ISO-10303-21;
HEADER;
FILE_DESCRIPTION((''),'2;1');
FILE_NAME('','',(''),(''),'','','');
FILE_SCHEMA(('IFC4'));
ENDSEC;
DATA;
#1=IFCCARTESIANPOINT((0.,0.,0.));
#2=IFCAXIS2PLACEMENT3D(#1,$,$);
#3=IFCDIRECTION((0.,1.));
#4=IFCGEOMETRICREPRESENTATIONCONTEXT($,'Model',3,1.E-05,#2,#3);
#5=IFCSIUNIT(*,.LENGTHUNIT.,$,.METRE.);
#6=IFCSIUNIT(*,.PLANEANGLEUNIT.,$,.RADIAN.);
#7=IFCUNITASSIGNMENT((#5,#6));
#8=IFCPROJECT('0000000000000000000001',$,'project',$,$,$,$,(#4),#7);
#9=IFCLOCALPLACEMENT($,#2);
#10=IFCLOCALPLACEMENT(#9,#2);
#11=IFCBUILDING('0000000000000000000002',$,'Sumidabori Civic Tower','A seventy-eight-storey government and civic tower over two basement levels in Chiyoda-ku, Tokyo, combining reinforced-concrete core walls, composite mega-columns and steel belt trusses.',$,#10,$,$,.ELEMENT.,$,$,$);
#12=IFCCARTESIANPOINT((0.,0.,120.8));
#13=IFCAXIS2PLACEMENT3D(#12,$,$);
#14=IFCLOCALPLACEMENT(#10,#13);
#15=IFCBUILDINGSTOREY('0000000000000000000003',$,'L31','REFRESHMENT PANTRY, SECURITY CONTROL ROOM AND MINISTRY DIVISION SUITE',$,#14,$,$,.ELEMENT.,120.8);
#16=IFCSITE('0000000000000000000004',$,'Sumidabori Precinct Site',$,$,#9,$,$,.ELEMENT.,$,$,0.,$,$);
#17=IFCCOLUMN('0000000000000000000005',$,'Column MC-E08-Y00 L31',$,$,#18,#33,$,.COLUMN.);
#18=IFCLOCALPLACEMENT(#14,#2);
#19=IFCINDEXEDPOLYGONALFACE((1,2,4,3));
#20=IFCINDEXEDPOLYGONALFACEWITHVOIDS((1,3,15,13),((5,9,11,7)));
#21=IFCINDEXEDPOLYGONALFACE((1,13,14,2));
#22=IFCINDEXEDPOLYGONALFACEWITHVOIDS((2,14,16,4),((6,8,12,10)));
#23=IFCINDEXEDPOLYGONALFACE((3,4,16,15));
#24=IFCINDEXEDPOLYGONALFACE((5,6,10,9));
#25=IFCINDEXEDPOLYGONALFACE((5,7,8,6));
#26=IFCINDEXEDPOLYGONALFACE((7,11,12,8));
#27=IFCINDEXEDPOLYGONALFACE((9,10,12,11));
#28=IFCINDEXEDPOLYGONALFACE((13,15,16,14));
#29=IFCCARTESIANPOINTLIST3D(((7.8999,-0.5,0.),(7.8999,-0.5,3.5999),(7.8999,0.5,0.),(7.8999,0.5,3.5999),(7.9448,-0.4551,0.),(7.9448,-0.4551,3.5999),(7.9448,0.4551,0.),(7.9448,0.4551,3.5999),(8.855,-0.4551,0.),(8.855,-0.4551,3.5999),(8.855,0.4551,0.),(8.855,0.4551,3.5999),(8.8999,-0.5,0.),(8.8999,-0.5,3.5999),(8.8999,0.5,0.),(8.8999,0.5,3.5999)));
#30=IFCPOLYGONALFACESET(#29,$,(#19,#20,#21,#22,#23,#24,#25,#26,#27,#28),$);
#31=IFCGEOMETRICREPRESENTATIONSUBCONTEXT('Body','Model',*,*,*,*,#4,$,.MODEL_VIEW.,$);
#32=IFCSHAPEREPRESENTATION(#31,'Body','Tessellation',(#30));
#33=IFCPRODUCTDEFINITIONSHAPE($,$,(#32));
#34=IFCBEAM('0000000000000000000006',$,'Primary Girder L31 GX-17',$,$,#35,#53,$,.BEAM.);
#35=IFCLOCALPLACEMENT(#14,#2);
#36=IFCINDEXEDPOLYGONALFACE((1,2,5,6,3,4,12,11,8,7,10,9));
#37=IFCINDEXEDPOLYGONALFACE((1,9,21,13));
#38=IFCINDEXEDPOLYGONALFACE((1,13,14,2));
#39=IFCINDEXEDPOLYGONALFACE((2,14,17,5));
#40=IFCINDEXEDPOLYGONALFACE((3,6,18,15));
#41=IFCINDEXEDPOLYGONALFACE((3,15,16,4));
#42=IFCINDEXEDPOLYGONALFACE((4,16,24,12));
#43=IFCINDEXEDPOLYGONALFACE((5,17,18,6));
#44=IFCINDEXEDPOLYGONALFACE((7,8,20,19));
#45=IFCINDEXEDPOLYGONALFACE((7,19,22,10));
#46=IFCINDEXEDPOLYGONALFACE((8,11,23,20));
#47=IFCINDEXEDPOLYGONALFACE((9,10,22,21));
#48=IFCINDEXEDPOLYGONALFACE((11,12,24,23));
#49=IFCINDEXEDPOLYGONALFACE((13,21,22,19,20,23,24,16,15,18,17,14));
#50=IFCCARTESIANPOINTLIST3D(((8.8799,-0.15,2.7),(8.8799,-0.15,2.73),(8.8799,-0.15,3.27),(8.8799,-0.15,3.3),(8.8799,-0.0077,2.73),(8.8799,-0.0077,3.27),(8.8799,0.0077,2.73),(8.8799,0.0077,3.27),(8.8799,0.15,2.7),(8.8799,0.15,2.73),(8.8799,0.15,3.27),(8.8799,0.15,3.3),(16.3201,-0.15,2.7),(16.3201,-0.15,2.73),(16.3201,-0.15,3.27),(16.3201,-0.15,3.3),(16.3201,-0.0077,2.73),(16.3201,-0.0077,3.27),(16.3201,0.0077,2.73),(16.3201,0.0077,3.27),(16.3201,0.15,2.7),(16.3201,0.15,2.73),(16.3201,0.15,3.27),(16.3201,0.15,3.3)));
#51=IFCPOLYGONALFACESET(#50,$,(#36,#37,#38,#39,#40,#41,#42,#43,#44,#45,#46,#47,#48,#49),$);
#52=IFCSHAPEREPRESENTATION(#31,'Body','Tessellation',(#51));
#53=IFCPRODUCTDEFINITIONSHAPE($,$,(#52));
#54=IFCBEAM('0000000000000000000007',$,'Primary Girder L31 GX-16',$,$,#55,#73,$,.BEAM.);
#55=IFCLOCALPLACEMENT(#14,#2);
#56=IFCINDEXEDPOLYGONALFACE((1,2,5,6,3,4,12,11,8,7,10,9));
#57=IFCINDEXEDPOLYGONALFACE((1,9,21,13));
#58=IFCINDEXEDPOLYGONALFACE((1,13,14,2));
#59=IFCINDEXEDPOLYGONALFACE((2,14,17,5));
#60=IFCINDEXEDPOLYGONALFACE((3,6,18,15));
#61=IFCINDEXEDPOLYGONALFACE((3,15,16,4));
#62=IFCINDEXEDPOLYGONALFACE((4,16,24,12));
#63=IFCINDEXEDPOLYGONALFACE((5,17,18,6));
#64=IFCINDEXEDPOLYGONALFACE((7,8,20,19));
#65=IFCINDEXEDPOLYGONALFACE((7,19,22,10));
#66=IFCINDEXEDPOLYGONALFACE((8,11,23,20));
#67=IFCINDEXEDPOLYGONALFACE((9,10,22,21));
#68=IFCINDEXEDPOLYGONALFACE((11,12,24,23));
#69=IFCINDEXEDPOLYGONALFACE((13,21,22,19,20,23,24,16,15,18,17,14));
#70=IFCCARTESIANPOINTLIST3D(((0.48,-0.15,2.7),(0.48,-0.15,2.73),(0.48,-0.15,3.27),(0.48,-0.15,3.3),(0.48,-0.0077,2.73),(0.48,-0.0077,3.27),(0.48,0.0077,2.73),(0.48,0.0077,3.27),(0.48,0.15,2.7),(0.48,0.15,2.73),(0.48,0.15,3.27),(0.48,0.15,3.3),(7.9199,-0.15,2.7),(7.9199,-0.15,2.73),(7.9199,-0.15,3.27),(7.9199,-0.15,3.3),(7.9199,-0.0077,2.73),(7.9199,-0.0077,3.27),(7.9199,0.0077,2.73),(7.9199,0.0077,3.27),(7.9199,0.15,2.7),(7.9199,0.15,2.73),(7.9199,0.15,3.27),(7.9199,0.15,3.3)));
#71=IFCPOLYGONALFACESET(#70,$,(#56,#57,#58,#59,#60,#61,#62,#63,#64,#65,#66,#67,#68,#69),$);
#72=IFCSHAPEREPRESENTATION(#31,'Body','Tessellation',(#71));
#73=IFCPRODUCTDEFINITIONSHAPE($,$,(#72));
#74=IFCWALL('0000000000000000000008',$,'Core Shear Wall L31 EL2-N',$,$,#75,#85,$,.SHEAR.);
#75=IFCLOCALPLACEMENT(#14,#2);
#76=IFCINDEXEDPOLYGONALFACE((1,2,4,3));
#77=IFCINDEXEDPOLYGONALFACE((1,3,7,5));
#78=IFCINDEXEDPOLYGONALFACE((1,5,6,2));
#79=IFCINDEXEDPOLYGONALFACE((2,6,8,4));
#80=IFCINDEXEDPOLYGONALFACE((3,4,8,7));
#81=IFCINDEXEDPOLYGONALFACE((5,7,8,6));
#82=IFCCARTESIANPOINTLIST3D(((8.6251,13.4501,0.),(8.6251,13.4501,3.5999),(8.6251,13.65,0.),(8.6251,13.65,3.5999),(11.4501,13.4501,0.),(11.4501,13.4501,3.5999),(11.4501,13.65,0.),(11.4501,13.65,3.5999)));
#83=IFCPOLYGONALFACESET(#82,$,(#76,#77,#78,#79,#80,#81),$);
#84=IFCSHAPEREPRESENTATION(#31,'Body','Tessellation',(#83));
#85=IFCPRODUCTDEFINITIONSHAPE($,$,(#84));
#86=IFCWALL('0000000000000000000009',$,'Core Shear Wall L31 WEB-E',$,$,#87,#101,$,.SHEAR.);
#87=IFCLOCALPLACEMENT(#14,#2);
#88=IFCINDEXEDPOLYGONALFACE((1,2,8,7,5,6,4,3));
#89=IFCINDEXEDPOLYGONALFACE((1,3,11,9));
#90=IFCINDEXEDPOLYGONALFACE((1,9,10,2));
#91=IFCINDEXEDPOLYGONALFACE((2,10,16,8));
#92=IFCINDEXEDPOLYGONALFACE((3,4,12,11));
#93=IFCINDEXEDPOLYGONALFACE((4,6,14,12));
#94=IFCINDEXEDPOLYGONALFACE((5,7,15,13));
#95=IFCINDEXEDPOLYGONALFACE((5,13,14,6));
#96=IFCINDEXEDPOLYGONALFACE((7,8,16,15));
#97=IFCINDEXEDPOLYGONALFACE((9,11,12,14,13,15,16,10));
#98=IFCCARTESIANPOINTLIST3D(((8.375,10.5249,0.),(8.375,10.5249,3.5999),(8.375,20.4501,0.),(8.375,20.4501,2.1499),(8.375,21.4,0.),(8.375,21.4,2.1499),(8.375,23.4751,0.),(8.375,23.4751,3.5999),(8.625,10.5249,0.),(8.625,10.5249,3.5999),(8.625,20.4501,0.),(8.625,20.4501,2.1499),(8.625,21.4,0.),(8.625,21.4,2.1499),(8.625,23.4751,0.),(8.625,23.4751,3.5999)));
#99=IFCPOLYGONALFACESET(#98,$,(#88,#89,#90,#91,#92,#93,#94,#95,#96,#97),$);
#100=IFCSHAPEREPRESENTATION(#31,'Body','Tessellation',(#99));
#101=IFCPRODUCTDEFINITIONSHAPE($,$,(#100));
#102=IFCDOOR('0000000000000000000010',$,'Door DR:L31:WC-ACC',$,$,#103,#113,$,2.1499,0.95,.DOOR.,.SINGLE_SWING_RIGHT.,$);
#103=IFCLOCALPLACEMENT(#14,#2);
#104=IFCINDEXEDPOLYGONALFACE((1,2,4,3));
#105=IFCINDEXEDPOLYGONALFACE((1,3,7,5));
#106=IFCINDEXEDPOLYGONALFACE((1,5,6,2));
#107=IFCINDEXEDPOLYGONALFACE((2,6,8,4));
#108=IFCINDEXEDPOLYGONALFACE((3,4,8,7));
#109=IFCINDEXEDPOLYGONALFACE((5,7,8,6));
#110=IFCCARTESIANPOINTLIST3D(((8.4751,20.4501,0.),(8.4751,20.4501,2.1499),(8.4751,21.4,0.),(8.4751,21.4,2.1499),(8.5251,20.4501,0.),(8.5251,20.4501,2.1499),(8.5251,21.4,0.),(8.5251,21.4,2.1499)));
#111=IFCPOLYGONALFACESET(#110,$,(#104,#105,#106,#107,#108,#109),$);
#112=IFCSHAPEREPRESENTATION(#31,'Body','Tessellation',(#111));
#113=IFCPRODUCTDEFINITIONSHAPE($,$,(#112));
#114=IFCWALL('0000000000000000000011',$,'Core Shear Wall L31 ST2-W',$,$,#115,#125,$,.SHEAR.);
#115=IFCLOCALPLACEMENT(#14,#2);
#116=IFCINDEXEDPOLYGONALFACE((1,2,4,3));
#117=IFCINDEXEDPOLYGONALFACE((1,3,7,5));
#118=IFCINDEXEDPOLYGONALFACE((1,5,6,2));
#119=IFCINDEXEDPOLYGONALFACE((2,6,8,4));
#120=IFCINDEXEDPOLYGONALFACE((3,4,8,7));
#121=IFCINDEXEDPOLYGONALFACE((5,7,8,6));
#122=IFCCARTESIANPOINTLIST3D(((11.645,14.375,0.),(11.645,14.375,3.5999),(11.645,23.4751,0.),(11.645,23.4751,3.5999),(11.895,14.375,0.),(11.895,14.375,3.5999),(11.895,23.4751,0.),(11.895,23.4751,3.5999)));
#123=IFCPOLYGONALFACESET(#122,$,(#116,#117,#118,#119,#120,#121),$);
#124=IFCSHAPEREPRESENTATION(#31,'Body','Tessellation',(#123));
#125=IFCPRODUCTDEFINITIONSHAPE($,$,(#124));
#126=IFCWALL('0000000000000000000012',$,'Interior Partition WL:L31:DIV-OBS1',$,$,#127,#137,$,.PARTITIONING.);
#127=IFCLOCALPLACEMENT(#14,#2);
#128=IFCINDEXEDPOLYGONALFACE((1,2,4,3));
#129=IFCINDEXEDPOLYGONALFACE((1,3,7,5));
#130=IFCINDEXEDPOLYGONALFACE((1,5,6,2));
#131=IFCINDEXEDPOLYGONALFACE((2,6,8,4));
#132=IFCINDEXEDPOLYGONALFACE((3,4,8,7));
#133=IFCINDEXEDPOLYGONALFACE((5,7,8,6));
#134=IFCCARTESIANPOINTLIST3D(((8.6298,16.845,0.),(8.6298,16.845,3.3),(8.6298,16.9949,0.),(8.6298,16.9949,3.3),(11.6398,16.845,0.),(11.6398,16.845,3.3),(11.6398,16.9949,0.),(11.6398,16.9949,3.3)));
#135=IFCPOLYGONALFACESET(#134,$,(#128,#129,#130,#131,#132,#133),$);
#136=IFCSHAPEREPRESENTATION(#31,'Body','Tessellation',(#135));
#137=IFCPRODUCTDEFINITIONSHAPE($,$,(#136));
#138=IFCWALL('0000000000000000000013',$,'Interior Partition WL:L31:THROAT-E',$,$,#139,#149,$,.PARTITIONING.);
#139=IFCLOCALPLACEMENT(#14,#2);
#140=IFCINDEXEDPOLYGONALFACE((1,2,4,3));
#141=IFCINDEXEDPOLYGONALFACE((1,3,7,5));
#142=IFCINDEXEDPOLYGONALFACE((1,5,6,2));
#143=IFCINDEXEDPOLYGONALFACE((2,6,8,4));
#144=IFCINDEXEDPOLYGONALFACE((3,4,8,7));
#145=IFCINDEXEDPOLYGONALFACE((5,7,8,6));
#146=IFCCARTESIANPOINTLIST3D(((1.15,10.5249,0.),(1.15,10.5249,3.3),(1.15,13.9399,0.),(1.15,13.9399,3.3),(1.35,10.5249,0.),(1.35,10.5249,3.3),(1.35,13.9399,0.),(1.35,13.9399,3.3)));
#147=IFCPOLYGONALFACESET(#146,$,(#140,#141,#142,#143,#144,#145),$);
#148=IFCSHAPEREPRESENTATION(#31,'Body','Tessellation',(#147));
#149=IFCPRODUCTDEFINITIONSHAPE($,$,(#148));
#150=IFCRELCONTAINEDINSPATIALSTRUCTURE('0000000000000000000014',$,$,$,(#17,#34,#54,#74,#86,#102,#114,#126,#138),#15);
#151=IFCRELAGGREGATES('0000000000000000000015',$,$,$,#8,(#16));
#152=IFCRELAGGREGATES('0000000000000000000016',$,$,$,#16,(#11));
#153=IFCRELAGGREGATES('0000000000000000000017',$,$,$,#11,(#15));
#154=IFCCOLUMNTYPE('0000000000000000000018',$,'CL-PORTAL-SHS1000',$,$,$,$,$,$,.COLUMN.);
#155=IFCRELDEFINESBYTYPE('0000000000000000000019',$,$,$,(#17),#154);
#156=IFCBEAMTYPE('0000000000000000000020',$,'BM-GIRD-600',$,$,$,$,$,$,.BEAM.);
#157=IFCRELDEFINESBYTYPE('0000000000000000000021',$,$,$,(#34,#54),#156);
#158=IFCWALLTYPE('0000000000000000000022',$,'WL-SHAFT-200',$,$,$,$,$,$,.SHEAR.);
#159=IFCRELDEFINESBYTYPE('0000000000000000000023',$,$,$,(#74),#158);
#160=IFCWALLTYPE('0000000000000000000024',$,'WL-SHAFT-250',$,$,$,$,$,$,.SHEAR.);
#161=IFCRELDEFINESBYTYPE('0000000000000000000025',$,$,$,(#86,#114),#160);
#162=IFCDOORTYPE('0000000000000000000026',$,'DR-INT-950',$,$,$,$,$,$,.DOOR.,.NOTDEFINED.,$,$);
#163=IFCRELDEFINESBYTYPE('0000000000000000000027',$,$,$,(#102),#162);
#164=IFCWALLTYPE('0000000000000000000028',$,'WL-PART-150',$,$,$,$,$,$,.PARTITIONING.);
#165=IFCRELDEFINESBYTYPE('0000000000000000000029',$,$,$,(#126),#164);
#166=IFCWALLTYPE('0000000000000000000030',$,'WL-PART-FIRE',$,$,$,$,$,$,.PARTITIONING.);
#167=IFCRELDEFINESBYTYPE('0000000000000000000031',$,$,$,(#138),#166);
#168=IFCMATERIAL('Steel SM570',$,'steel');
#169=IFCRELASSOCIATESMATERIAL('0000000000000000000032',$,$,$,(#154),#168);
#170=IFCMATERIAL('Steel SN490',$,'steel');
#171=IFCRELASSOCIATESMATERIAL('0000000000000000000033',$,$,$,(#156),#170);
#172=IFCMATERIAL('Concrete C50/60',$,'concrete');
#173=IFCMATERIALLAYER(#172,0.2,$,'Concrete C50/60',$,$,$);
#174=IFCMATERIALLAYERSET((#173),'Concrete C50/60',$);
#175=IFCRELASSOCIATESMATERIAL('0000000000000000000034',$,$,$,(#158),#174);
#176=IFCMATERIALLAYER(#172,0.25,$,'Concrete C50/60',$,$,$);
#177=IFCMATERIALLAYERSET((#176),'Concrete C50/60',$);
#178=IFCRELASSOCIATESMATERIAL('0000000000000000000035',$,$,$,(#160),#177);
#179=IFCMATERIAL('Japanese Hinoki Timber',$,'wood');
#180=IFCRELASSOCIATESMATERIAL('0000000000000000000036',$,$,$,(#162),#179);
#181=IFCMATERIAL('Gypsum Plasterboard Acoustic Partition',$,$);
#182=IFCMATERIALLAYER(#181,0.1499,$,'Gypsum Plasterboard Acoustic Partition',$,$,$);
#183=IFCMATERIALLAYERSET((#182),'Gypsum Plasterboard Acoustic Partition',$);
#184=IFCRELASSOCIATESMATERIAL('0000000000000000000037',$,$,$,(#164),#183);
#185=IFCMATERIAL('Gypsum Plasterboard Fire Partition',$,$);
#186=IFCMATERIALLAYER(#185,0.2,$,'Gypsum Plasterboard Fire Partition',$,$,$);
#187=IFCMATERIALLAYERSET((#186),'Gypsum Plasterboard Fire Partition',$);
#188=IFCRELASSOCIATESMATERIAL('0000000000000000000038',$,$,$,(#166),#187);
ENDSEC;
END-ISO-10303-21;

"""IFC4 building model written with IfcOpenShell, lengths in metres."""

from ifc_helpers import new_model, si_unit, direction, frame, frame_2d, origin, origin_2d, place, context, subcontext, project, spatial, rectangle, hollow_rectangle, i_section, extrude, source, transform, mapped, material, layer, layer_set, material_profile, profile_set, type_object, element, fill, save


model = new_model("IFC4")

# Units and contexts
model_context = context("Model", 3, precision=1e-05, world=origin(), true_north=direction((0.0, 1.0)))
body_context = subcontext(model_context, "Body", "Model", "MODEL_VIEW")
ifc_project = project(units=[si_unit("LENGTHUNIT", "METRE"), si_unit("PLANEANGLEUNIT", "RADIAN")], contexts=[model_context])

# Site, building, storey
site_placement = place(None, origin())
site = spatial("IfcSite", under=ifc_project, at=site_placement, Name="Sumidabori Precinct Site", CompositionType="ELEMENT", RefElevation=0.0)
building_placement = place(site_placement, origin())
building = spatial("IfcBuilding", under=site, at=building_placement, Name="Sumidabori Civic Tower", Description="A seventy-eight-storey government and civic tower over two basement levels in Chiyoda-ku, Tokyo, combining reinforced-concrete core walls, composite mega-columns and steel belt trusses.", CompositionType="ELEMENT")
storey_placement = place(building_placement, frame((0.0, 0.0, 120.8)))
storey = spatial("IfcBuildingStorey", under=building, at=storey_placement, Name="L31", Description="REFRESHMENT PANTRY, SECURITY CONTROL ROOM AND MINISTRY DIVISION SUITE", CompositionType="ELEMENT", Elevation=120.8)

# Column
ifc_material_1 = material(Name="Steel SM570", Category="steel")
ifc_material_profile_1 = material_profile(ifc_material_1, hollow_rectangle(XDim=1.0, YDim=1.0, WallThickness=0.0449, at=origin_2d()), Name="SHS 1000x1000x45")
ifc_profile_set_1 = profile_set([ifc_material_profile_1], Name="Steel SM570")
column_type = type_object("IfcColumnType", Name="CL-PORTAL-SHS1000", PredefinedType="COLUMN", material=ifc_profile_set_1)
shared_shape_1 = source(origin(), body_context, "Body", "SweptSolid", [
    extrude(hollow_rectangle(XDim=1.0, YDim=1.0, WallThickness=0.0449, at=origin_2d()), origin(), (0.0, 0.0, 1.0), 3.5999),
])
column_placement = place(storey_placement, frame((8.3999, 0.0, 0.0), z_axis=(0.0, 0.0, 1.0), x_axis=(1.0, 0.0, 0.0)))
element("IfcColumn", 1, at=column_placement, inside=storey, type_object=column_type, Name="Column MC-E08-Y00 L31", PredefinedType="COLUMN", context=body_context, shape_type="MappedRepresentation", body=[
    mapped(shared_shape_1, transform((0.0, 0.0, 0.0), x_axis=(1.0, 0.0, 0.0), y_axis=(0.0, 1.0, 0.0), z_axis=(0.0, 0.0, 1.0), scale=1.0)),
])

# Beams
ifc_material_2 = material(Name="Steel SN490", Category="steel")
ifc_material_profile_2 = material_profile(ifc_material_2, i_section(OverallWidth=0.3, OverallDepth=0.6001, WebThickness=0.0154, FlangeThickness=0.03, at=origin_2d()), Name="HE 600 B")
ifc_profile_set_2 = profile_set([ifc_material_profile_2], Name="Steel SN490")
beam_type = type_object("IfcBeamType", Name="BM-GIRD-600", PredefinedType="BEAM", material=ifc_profile_set_2)
shared_shape_2 = source(origin(), body_context, "Body", "SweptSolid", [
    extrude(i_section(OverallWidth=0.3, OverallDepth=0.6001, WebThickness=0.0154, FlangeThickness=0.03, at=origin_2d()), origin(), (0.0, 0.0, 1.0), 7.4402),
])
beam_1_placement = place(storey_placement, frame((8.8799, 0.0, 3.0), z_axis=(1.0, 0.0, 0.0), x_axis=(0.0, 1.0, 0.0)))
element("IfcBeam", 2, at=beam_1_placement, inside=storey, type_object=beam_type, Name="Primary Girder L31 GX-17", PredefinedType="BEAM", context=body_context, shape_type="MappedRepresentation", body=[
    mapped(shared_shape_2, transform((0.0, 0.0, 0.0), x_axis=(1.0, 0.0, 0.0), y_axis=(0.0, 1.0, 0.0), z_axis=(0.0, 0.0, 1.0), scale=1.0)),
])
shared_shape_3 = source(origin(), body_context, "Body", "SweptSolid", [
    extrude(i_section(OverallWidth=0.3, OverallDepth=0.6001, WebThickness=0.0154, FlangeThickness=0.03, at=origin_2d()), origin(), (0.0, 0.0, 1.0), 7.4399),
])
beam_2_placement = place(storey_placement, frame((0.48, 0.0, 3.0), z_axis=(1.0, 0.0, 0.0), x_axis=(0.0, 1.0, 0.0)))
element("IfcBeam", 3, at=beam_2_placement, inside=storey, type_object=beam_type, Name="Primary Girder L31 GX-16", PredefinedType="BEAM", context=body_context, shape_type="MappedRepresentation", body=[
    mapped(shared_shape_3, transform((0.0, 0.0, 0.0), x_axis=(1.0, 0.0, 0.0), y_axis=(0.0, 1.0, 0.0), z_axis=(0.0, 0.0, 1.0), scale=1.0)),
])

# Wall
ifc_material_3 = material(Name="Concrete C50/60", Category="concrete")
ifc_layer_1 = layer(ifc_material_3, 0.2, Name="Concrete C50/60")
ifc_layer_set_1 = layer_set([ifc_layer_1], Name="Concrete C50/60")
wall_type_1 = type_object("IfcWallType", Name="WL-SHAFT-200", PredefinedType="SHEAR", material=ifc_layer_set_1)
shared_shape_4 = source(origin(), body_context, "Body", "SweptSolid", [
    extrude(rectangle(XDim=2.825, YDim=0.2, at=frame_2d((1.4126, 0.0))), origin(), (0.0, 0.0, 1.0), 3.5999),
])
wall_1_placement = place(storey_placement, frame((8.625, 13.55, 0.0), z_axis=(0.0, 0.0, 1.0), x_axis=(1.0, 0.0, 0.0)))
element("IfcWall", 4, at=wall_1_placement, inside=storey, type_object=wall_type_1, Name="Core Shear Wall L31 EL2-N", PredefinedType="SHEAR", context=body_context, shape_type="MappedRepresentation", body=[
    mapped(shared_shape_4, transform((0.0, 0.0, 0.0), x_axis=(1.0, 0.0, 0.0), y_axis=(0.0, 1.0, 0.0), z_axis=(0.0, 0.0, 1.0), scale=1.0)),
])

# Wall, opening, door
ifc_layer_2 = layer(ifc_material_3, 0.25, Name="Concrete C50/60")
ifc_layer_set_2 = layer_set([ifc_layer_2], Name="Concrete C50/60")
wall_type_2 = type_object("IfcWallType", Name="WL-SHAFT-250", PredefinedType="SHEAR", material=ifc_layer_set_2)
shared_shape_5 = source(origin(), body_context, "Body", "SweptSolid", [
    extrude(rectangle(XDim=12.9502, YDim=0.25, at=frame_2d((6.4751, 0.0))), origin(), (0.0, 0.0, 1.0), 3.5999),
])
wall_2_placement = place(storey_placement, frame((8.5, 10.5249, 0.0), z_axis=(0.0, 0.0, 1.0), x_axis=(0.0, 1.0, 0.0)))
wall_2 = element("IfcWall", 5, at=wall_2_placement, inside=storey, type_object=wall_type_2, Name="Core Shear Wall L31 WEB-E", PredefinedType="SHEAR", context=body_context, shape_type="MappedRepresentation", body=[
    mapped(shared_shape_5, transform((0.0, 0.0, 0.0), x_axis=(1.0, 0.0, 0.0), y_axis=(0.0, 1.0, 0.0), z_axis=(0.0, 0.0, 1.0), scale=1.0)),
])
opening_1_placement = place(wall_2_placement, frame((9.925, 0.0, 0.0)))
opening_1 = element("IfcOpeningElement", 6, at=opening_1_placement, cuts=wall_2, PredefinedType="OPENING", context=body_context, shape_type="SweptSolid", body=[
    extrude(rectangle(XDim=0.95, YDim=2.1499, at=frame_2d((0.4751, 1.075))), frame((0.0, 0.137, 0.0), z_axis=(0.0, -1.0, 0.0), x_axis=(1.0, 0.0, 0.0)), (0.0, 0.0, 1.0), 0.2739),
])
ifc_material_4 = material(Name="Japanese Hinoki Timber", Category="wood")
door_type_1 = type_object("IfcDoorType", Name="DR-INT-950", OperationType="NOTDEFINED", PredefinedType="DOOR", material=ifc_material_4)
shared_shape_6 = source(origin(), body_context, "Body", "SweptSolid", [
    extrude(rectangle(XDim=0.95, YDim=2.1499, at=frame_2d((0.4751, 1.075))), frame((0.0, 0.0249, 0.0), z_axis=(0.0, -1.0, 0.0), x_axis=(1.0, 0.0, 0.0)), (0.0, 0.0, 1.0), 0.05),
])
door_1_placement = place(opening_1_placement, origin())
door_1 = element("IfcDoor", 7, at=door_1_placement, inside=storey, type_object=door_type_1, Name="Door DR:L31:WC-ACC", OperationType="SINGLE_SWING_RIGHT", OverallHeight=2.1499, OverallWidth=0.95, PredefinedType="DOOR", context=body_context, shape_type="MappedRepresentation", body=[
    mapped(shared_shape_6, transform((0.0, 0.0, 0.0), x_axis=(1.0, 0.0, 0.0), y_axis=(0.0, 1.0, 0.0), z_axis=(0.0, 0.0, 1.0), scale=1.0)),
])
fill(opening_1, door_1)

# Wall
shared_shape_7 = source(origin(), body_context, "Body", "SweptSolid", [
    extrude(rectangle(XDim=9.1001, YDim=0.25, at=frame_2d((4.55, 0.0))), origin(), (0.0, 0.0, 1.0), 3.5999),
])
wall_3_placement = place(storey_placement, frame((11.77, 14.375, 0.0), z_axis=(0.0, 0.0, 1.0), x_axis=(0.0, 1.0, 0.0)))
element("IfcWall", 8, at=wall_3_placement, inside=storey, type_object=wall_type_2, Name="Core Shear Wall L31 ST2-W", PredefinedType="SHEAR", context=body_context, shape_type="MappedRepresentation", body=[
    mapped(shared_shape_7, transform((0.0, 0.0, 0.0), x_axis=(1.0, 0.0, 0.0), y_axis=(0.0, 1.0, 0.0), z_axis=(0.0, 0.0, 1.0), scale=1.0)),
])

# Wall
ifc_material_5 = material(Name="Gypsum Plasterboard Acoustic Partition")
ifc_layer_3 = layer(ifc_material_5, 0.1499, Name="Gypsum Plasterboard Acoustic Partition")
ifc_layer_set_3 = layer_set([ifc_layer_3], Name="Gypsum Plasterboard Acoustic Partition")
wall_type_3 = type_object("IfcWallType", Name="WL-PART-150", PredefinedType="PARTITIONING", material=ifc_layer_set_3)
shared_shape_8 = source(origin(), body_context, "Body", "SweptSolid", [
    extrude(rectangle(XDim=3.01, YDim=0.1499, at=frame_2d((1.5049, 0.0))), origin(), (0.0, 0.0, 1.0), 3.3),
])
wall_4_placement = place(storey_placement, frame((8.6299, 16.9199, 0.0), z_axis=(0.0, 0.0, 1.0), x_axis=(1.0, 0.0, 0.0)))
element("IfcWall", 9, at=wall_4_placement, inside=storey, type_object=wall_type_3, Name="Interior Partition WL:L31:DIV-OBS1", PredefinedType="PARTITIONING", context=body_context, shape_type="MappedRepresentation", body=[
    mapped(shared_shape_8, transform((0.0, 0.0, 0.0), x_axis=(1.0, 0.0, 0.0), y_axis=(0.0, 1.0, 0.0), z_axis=(0.0, 0.0, 1.0), scale=1.0)),
])

# Shared definitions
ifc_material_6 = material(Name="Gypsum Plasterboard Fire Partition")
ifc_layer_4 = layer(ifc_material_6, 0.2, Name="Gypsum Plasterboard Fire Partition")
ifc_layer_set_4 = layer_set([ifc_layer_4], Name="Gypsum Plasterboard Fire Partition")
wall_type_4 = type_object("IfcWallType", Name="WL-PART-FIRE", PredefinedType="PARTITIONING", material=ifc_layer_set_4)

# Wall
shared_shape_9 = source(origin(), body_context, "Body", "SweptSolid", [
    extrude(rectangle(XDim=3.415, YDim=0.2, at=frame_2d((1.7075, 0.0))), origin(), (0.0, 0.0, 1.0), 3.3),
])
wall_5_placement = place(storey_placement, frame((1.25, 10.5249, 0.0), z_axis=(0.0, 0.0, 1.0), x_axis=(0.0, 1.0, 0.0)))
element("IfcWall", 10, at=wall_5_placement, inside=storey, type_object=wall_type_4, Name="Interior Partition WL:L31:THROAT-E", PredefinedType="PARTITIONING", context=body_context, shape_type="MappedRepresentation", body=[
    mapped(shared_shape_9, transform((0.0, 0.0, 0.0), x_axis=(1.0, 0.0, 0.0), y_axis=(0.0, 1.0, 0.0), z_axis=(0.0, 0.0, 1.0), scale=1.0)),
])

save(model, "model.ifc")
